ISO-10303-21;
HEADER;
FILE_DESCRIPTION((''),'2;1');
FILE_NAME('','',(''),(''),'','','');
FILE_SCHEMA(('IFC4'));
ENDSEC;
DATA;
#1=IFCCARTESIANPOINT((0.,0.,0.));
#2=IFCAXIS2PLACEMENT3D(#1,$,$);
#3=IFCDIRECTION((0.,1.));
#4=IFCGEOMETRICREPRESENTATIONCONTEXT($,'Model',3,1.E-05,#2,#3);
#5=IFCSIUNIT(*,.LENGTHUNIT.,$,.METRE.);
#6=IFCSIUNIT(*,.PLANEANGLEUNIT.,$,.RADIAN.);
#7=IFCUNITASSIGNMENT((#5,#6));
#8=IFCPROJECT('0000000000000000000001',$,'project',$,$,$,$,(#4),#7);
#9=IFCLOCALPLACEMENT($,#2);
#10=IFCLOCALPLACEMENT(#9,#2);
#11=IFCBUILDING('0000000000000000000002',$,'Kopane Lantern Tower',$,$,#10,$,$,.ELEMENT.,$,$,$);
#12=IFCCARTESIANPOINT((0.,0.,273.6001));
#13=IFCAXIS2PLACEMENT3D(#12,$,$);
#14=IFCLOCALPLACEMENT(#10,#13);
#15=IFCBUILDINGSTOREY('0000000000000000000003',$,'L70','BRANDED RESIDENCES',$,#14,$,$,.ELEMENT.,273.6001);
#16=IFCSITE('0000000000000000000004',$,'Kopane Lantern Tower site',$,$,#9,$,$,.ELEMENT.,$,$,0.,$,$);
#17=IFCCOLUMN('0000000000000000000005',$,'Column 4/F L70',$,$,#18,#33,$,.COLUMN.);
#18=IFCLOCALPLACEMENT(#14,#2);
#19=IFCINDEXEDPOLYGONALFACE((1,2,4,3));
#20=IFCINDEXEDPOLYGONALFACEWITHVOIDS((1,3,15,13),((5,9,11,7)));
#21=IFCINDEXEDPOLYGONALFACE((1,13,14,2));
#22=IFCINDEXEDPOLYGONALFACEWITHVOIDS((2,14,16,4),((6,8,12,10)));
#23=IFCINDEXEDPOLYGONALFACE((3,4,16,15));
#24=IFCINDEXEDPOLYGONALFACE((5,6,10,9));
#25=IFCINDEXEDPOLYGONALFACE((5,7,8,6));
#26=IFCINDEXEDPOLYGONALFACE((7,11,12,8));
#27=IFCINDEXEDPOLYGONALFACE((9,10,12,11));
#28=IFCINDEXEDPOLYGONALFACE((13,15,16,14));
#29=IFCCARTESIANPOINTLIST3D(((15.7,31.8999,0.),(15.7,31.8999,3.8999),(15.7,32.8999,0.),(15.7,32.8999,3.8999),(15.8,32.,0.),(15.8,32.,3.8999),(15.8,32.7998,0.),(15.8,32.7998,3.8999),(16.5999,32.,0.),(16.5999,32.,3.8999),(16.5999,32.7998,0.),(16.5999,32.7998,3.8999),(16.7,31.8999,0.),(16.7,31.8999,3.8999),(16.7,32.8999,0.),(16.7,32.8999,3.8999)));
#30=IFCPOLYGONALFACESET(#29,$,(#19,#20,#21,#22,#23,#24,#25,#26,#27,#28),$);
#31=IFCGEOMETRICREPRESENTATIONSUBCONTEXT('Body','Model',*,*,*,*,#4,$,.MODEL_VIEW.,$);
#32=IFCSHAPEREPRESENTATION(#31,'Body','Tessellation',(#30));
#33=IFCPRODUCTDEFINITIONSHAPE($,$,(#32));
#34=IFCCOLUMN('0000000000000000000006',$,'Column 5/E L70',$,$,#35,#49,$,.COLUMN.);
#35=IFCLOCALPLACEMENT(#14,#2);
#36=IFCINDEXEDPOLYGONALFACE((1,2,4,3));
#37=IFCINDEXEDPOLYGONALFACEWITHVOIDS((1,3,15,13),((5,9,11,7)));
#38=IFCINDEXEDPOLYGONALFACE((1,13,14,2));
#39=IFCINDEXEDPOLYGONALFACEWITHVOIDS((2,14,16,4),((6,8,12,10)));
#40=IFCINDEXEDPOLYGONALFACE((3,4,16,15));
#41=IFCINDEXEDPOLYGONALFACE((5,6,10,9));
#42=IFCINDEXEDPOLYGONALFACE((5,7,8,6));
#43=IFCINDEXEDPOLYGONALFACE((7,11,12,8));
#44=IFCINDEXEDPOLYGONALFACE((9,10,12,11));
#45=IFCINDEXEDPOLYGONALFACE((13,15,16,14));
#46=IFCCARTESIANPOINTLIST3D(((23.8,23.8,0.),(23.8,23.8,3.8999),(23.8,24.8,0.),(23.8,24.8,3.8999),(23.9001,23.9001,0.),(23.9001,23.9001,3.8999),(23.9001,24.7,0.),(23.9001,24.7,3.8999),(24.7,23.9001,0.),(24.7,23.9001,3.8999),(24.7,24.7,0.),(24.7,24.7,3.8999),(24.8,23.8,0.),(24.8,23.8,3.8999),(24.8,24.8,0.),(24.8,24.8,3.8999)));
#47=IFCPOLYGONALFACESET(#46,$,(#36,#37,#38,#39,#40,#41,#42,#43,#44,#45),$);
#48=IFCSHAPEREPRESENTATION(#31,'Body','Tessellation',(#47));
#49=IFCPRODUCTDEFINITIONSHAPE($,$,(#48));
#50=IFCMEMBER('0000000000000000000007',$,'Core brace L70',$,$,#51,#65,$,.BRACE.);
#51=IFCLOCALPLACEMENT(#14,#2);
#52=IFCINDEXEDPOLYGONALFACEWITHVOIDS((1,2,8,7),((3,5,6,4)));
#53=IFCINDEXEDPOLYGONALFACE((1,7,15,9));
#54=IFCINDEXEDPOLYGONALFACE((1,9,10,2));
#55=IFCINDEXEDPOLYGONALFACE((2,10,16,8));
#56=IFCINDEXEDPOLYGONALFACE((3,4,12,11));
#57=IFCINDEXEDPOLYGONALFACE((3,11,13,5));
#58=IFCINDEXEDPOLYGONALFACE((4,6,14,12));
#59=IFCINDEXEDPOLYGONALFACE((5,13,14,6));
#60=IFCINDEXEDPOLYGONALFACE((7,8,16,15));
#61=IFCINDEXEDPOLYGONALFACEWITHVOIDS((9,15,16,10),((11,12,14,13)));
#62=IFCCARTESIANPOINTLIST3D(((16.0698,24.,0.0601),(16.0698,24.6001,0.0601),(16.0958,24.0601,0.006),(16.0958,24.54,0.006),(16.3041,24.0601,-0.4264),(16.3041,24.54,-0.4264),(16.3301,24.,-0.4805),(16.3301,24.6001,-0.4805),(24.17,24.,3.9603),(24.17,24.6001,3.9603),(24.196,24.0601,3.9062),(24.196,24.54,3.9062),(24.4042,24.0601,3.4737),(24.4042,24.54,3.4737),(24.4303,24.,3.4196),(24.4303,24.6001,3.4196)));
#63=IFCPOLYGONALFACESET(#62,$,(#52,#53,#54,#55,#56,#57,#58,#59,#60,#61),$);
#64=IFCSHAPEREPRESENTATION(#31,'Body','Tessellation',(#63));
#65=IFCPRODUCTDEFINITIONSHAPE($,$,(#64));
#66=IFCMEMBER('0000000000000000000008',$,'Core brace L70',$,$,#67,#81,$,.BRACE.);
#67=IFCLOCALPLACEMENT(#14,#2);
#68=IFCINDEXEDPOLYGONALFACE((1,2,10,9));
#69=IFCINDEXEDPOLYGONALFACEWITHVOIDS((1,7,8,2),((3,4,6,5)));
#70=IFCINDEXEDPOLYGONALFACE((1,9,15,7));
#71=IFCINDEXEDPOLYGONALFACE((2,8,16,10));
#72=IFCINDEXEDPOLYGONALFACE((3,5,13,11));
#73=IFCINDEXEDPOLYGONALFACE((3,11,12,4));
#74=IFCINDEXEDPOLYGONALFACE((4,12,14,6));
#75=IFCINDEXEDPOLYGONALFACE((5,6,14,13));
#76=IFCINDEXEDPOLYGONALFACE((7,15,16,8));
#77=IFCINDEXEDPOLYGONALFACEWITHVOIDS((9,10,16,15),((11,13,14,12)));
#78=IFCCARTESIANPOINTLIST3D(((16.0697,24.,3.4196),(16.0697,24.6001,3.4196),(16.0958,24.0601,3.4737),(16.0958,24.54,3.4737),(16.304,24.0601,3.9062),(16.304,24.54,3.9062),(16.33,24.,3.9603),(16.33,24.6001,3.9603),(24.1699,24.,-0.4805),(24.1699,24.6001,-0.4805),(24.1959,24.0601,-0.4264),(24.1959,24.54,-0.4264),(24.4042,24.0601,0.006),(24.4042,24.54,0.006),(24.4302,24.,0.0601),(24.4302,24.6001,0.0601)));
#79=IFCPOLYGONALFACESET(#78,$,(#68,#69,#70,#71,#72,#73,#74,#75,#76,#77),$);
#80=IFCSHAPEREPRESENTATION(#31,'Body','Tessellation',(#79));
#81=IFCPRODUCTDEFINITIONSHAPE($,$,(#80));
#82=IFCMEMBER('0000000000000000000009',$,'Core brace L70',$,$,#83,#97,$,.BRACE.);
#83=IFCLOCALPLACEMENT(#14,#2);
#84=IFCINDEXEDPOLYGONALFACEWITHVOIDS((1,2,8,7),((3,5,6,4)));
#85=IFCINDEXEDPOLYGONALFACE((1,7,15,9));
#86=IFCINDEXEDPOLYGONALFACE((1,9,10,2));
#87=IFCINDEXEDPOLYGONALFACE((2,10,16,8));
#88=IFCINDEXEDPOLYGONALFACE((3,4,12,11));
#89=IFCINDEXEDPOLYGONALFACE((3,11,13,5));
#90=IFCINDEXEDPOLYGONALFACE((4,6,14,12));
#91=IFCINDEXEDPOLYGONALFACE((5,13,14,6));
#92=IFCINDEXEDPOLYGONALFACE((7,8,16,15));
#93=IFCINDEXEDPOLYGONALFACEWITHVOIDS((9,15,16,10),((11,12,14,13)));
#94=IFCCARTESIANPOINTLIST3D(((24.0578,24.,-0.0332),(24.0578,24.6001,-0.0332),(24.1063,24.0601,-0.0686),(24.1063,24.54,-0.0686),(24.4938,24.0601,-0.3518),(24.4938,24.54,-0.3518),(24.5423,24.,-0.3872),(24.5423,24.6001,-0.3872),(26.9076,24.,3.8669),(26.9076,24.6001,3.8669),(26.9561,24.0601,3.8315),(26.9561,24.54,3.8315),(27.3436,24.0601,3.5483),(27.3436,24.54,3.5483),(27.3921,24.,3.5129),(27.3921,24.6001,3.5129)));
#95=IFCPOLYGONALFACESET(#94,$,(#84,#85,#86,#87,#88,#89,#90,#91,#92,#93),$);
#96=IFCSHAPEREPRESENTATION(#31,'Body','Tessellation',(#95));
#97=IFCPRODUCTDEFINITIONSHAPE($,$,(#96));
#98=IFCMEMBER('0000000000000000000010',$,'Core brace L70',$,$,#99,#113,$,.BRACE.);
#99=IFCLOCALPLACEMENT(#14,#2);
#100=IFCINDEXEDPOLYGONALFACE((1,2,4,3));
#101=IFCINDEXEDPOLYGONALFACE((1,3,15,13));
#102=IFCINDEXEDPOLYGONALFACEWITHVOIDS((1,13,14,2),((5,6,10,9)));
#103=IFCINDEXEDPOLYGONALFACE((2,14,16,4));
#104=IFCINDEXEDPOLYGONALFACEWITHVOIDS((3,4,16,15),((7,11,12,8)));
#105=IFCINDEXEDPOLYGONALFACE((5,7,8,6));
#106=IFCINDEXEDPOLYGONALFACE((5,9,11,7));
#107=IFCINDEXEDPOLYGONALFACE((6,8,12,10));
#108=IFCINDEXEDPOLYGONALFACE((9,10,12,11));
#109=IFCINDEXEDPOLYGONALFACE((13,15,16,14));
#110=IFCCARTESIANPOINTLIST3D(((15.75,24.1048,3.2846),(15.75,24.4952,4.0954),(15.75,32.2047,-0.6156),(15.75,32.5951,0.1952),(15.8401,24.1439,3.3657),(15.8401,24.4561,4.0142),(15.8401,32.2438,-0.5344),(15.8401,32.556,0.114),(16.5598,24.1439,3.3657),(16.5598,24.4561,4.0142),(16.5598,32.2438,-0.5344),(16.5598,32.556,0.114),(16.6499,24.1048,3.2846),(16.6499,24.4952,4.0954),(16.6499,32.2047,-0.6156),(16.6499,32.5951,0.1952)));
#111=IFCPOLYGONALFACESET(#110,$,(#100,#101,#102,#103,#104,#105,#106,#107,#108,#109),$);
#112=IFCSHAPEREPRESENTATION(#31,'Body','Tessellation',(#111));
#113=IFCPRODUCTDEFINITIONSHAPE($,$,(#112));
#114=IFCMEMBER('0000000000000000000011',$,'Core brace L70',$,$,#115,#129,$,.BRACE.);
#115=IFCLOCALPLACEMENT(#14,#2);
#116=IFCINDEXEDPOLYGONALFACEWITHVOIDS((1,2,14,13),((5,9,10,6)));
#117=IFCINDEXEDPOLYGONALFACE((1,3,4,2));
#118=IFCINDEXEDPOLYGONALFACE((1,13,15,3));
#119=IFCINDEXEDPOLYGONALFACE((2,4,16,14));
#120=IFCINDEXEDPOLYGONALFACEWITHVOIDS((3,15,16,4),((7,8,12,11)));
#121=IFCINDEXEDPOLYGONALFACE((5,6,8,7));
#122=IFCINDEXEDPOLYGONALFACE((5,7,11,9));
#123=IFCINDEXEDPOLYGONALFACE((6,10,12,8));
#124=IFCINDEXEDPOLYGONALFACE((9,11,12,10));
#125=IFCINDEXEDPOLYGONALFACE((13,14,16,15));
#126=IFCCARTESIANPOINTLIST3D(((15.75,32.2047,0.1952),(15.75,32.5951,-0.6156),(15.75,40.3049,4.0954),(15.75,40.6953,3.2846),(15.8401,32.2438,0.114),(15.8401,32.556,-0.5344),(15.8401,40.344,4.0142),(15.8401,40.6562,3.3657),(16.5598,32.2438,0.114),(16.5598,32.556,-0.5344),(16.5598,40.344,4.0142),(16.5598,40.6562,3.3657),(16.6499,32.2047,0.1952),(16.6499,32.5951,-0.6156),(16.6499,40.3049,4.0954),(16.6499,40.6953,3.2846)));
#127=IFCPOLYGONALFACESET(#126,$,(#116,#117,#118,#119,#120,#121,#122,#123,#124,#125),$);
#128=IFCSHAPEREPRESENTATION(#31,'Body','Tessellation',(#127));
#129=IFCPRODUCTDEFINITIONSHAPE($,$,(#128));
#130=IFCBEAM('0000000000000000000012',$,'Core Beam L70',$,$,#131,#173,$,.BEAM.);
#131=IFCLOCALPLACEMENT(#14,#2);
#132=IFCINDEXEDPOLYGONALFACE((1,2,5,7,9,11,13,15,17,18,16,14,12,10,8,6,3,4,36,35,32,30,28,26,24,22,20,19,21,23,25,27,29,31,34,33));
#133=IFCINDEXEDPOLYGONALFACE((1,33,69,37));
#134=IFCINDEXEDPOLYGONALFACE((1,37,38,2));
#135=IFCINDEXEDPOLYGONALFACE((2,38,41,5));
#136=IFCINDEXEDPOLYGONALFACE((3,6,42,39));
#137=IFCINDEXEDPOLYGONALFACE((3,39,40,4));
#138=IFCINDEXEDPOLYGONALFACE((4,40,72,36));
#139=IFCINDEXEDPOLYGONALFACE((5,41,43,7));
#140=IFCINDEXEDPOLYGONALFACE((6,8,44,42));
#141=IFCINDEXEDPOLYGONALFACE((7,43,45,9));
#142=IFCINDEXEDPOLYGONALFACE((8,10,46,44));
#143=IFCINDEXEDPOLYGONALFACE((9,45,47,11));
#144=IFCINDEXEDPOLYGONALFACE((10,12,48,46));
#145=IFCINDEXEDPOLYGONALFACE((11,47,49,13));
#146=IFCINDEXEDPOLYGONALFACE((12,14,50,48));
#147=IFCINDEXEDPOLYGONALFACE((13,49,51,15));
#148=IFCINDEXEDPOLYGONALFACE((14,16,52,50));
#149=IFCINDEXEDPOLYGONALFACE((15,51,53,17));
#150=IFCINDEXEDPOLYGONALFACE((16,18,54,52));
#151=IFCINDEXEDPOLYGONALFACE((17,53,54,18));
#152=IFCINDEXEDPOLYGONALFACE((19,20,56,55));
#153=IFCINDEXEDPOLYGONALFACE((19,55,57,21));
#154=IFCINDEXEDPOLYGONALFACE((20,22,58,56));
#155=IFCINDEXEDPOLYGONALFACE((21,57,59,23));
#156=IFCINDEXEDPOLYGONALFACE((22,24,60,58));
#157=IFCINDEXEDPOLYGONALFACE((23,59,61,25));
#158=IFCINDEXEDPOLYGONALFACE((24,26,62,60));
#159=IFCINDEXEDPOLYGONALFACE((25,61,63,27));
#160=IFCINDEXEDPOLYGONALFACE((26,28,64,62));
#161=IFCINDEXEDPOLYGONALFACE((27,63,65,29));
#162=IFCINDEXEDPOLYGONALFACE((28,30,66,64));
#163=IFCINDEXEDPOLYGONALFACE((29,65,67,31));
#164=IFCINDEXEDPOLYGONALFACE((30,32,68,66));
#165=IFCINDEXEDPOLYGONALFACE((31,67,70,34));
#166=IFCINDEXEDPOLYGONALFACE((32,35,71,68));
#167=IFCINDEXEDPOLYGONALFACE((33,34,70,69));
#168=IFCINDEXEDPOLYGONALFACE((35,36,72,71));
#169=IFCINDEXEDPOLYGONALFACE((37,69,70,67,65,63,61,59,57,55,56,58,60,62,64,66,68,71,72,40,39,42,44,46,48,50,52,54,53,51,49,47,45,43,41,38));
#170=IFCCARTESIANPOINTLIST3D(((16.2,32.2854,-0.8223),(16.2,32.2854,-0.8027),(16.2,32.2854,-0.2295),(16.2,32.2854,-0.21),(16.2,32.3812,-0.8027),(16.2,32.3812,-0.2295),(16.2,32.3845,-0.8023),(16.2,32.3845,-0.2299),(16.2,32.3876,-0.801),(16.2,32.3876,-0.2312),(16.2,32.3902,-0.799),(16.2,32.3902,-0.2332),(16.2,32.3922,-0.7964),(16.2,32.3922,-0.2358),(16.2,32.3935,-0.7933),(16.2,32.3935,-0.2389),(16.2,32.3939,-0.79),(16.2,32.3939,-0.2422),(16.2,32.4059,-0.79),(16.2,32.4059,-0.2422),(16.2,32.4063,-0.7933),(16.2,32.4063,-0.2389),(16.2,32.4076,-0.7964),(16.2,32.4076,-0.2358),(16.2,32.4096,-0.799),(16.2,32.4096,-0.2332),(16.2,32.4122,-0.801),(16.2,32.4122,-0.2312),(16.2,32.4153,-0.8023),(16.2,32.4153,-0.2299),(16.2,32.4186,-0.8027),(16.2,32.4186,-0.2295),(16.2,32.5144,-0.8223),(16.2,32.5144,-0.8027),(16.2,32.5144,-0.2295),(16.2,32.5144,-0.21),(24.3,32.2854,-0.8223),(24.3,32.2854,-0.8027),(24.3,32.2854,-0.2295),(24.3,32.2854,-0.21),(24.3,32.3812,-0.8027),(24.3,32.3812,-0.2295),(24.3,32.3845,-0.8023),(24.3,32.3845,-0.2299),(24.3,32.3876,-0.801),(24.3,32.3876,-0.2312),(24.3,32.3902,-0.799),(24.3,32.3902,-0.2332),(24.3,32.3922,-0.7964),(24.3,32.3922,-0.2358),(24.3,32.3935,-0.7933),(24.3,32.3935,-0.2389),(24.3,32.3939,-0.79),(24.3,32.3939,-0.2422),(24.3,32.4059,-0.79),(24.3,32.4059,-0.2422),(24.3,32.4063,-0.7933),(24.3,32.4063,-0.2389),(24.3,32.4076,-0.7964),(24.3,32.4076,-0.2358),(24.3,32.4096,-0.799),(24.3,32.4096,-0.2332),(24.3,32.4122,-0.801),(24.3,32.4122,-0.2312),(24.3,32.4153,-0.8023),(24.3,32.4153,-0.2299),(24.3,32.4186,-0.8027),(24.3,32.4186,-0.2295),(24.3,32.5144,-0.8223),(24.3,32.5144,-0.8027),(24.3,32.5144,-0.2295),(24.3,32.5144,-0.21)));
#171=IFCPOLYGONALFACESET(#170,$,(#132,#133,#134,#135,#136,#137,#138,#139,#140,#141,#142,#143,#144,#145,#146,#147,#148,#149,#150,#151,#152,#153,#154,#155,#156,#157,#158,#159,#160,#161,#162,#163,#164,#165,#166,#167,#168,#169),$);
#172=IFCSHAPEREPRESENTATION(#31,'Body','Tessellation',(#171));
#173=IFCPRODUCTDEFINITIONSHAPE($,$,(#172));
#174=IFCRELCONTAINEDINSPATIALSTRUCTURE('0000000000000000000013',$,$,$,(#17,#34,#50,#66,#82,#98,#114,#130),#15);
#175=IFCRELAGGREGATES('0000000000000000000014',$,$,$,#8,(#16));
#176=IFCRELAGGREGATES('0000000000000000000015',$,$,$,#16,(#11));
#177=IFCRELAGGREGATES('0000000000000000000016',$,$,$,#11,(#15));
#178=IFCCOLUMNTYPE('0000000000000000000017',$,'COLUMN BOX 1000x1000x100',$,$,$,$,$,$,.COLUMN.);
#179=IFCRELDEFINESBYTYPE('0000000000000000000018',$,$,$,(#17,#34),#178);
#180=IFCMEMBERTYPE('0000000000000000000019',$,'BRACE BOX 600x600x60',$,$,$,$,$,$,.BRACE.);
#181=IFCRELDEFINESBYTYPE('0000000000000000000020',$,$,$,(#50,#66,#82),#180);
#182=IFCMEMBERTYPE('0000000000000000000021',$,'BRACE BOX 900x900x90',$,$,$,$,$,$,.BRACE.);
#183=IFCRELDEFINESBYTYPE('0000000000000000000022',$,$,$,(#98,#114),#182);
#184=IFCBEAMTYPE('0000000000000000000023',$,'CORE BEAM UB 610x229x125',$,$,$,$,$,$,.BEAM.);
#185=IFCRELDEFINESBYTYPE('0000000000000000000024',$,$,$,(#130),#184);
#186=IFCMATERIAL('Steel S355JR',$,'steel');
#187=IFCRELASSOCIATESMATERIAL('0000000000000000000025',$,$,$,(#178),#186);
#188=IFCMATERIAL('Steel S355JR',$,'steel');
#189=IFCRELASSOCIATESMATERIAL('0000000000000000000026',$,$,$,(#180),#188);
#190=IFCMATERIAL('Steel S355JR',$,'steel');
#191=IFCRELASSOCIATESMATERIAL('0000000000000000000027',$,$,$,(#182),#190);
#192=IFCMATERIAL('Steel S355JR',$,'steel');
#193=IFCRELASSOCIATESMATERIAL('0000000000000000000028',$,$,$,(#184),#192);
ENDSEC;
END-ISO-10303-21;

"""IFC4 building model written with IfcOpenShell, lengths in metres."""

from ifc_helpers import new_model, si_unit, direction, frame, origin, origin_2d, place, context, subcontext, project, spatial, hollow_rectangle, i_section, extrude, material, material_profile, profile_set, type_object, element, save


model = new_model("IFC4")

# Units and contexts
model_context = context("Model", 3, precision=1e-05, world=origin(), true_north=direction((0.0, 1.0)))
body_context = subcontext(model_context, "Body", "Model", "MODEL_VIEW")
ifc_project = project(units=[si_unit("LENGTHUNIT", "METRE"), si_unit("PLANEANGLEUNIT", "RADIAN")], contexts=[model_context])

# Site, building, storey
site_placement = place(None, origin())
site = spatial("IfcSite", under=ifc_project, at=site_placement, Name="Kopane Lantern Tower site", CompositionType="ELEMENT", RefElevation=0.0)
building_placement = place(site_placement, origin())
building = spatial("IfcBuilding", under=site, at=building_placement, Name="Kopane Lantern Tower", CompositionType="ELEMENT")
storey_placement = place(building_placement, frame((0.0, 0.0, 273.6001)))
storey = spatial("IfcBuildingStorey", under=building, at=storey_placement, Name="L70", Description="BRANDED RESIDENCES", CompositionType="ELEMENT", Elevation=273.6001)

# Columns
ifc_material_1 = material(Name="Steel S355JR", Category="steel")
ifc_material_profile_1 = material_profile(ifc_material_1, hollow_rectangle(XDim=1.0, YDim=1.0, WallThickness=0.1001, at=origin_2d()), Name="BOX 1000x1000x100")
ifc_profile_set_1 = profile_set([ifc_material_profile_1], Name="Steel S355JR")
column_type = type_object("IfcColumnType", Name="COLUMN BOX 1000x1000x100", PredefinedType="COLUMN", material=ifc_profile_set_1)
for number, where, z_axis, x_axis, name in (
    (1, (16.2, 32.3999, 0.0), (0.0, 0.0, 1.0), (1.0, 0.0, 0.0), "Column 4/F L70"),
    (2, (24.3, 24.3, 0.0), (0.0, 0.0, 1.0), (1.0, 0.0, 0.0), "Column 5/E L70"),
):
    element("IfcColumn", number, at=place(storey_placement, frame(where, z_axis=z_axis, x_axis=x_axis)), inside=storey, type_object=column_type, Name=name, PredefinedType="COLUMN", context=body_context, shape_type="SweptSolid", body=[
        extrude(hollow_rectangle(XDim=1.0, YDim=1.0, WallThickness=0.1001, at=origin_2d()), origin(), (0.0, 0.0, 1.0), 3.8999),
    ])

# Members
ifc_material_2 = material(Name="Steel S355JR", Category="steel")
ifc_material_profile_2 = material_profile(ifc_material_2, hollow_rectangle(XDim=0.6001, YDim=0.6001, WallThickness=0.0601, at=origin_2d()), Name="BOX 600x600x60")
ifc_profile_set_2 = profile_set([ifc_material_profile_2], Name="Steel S355JR")
member_type_1 = type_object("IfcMemberType", Name="BRACE BOX 600x600x60", PredefinedType="BRACE", material=ifc_profile_set_2)
for number, where, z_axis, x_axis, name in (
    (3, (16.2, 24.3, -0.2102), (0.900997, 0.0, 0.433825), (0.0, 1.0, 0.0), "Core brace L70"),
    (4, (24.3, 24.3, -0.2102), (-0.900997, 0.0, 0.433825), (0.0, -1.0, 0.0), "Core brace L70"),
):
    element("IfcMember", number, at=place(storey_placement, frame(where, z_axis=z_axis, x_axis=x_axis)), inside=storey, type_object=member_type_1, Name=name, PredefinedType="BRACE", context=body_context, shape_type="SweptSolid", body=[
        extrude(hollow_rectangle(XDim=0.6001, YDim=0.6001, WallThickness=0.0601, at=origin_2d()), origin(), (0.0, 0.0, 1.0), 8.9902),
    ])
member_1_placement = place(storey_placement, frame((24.3, 24.3, -0.2102), z_axis=(0.589982, 0.0, 0.807416), x_axis=(0.0, 1.0, 0.0)))
element("IfcMember", 5, at=member_1_placement, inside=storey, type_object=member_type_1, Name="Core brace L70", PredefinedType="BRACE", context=body_context, shape_type="SweptSolid", body=[
    extrude(hollow_rectangle(XDim=0.6001, YDim=0.6001, WallThickness=0.0601, at=origin_2d()), origin(), (0.0, 0.0, 1.0), 4.8303),
])
ifc_material_3 = material(Name="Steel S355JR", Category="steel")
ifc_material_profile_3 = material_profile(ifc_material_3, hollow_rectangle(XDim=0.8999, YDim=0.8999, WallThickness=0.0901, at=origin_2d()), Name="BOX 900x900x90")
ifc_profile_set_3 = profile_set([ifc_material_profile_3], Name="Steel S355JR")
member_type_2 = type_object("IfcMemberType", Name="BRACE BOX 900x900x90", PredefinedType="BRACE", material=ifc_profile_set_3)
member_2_placement = place(storey_placement, frame((16.2, 32.3999, -0.2102), z_axis=(0.0, -0.900992, 0.433835), x_axis=(1.0, 0.0, 0.0)))
element("IfcMember", 6, at=member_2_placement, inside=storey, type_object=member_type_2, Name="Core brace L70", PredefinedType="BRACE", context=body_context, shape_type="SweptSolid", body=[
    extrude(hollow_rectangle(XDim=0.8999, YDim=0.8999, WallThickness=0.0901, at=origin_2d()), origin(), (0.0, 0.0, 1.0), 8.99),
])
member_3_placement = place(storey_placement, frame((16.2, 32.3999, -0.2102), z_axis=(0.0, 0.900997, 0.433825), x_axis=(-1.0, 0.0, 0.0)))
element("IfcMember", 7, at=member_3_placement, inside=storey, type_object=member_type_2, Name="Core brace L70", PredefinedType="BRACE", context=body_context, shape_type="SweptSolid", body=[
    extrude(hollow_rectangle(XDim=0.8999, YDim=0.8999, WallThickness=0.0901, at=origin_2d()), origin(), (0.0, 0.0, 1.0), 8.9902),
])

# Beam
ifc_material_4 = material(Name="Steel S355JR", Category="steel")
ifc_material_profile_4 = material_profile(ifc_material_4, i_section(OverallWidth=0.229, OverallDepth=0.6123, WebThickness=0.012, FlangeThickness=0.0195, FilletRadius=0.0127, at=origin_2d()), Name="UB 610x229x125")
ifc_profile_set_4 = profile_set([ifc_material_profile_4], Name="Steel S355JR")
beam_type_1 = type_object("IfcBeamType", Name="CORE BEAM UB 610x229x125", PredefinedType="BEAM", material=ifc_profile_set_4)
beam_1_placement = place(storey_placement, frame((16.2, 32.3999, -0.5161), z_axis=(1.0, 0.0, 0.0), x_axis=(0.0, 1.0, 0.0)))
element("IfcBeam", 8, at=beam_1_placement, inside=storey, type_object=beam_type_1, Name="Core Beam L70", PredefinedType="BEAM", context=body_context, shape_type="SweptSolid", body=[
    extrude(i_section(OverallWidth=0.229, OverallDepth=0.6123, WebThickness=0.012, FlangeThickness=0.0195, FilletRadius=0.0127, at=origin_2d()), origin(), (0.0, 0.0, 1.0), 8.1001),
])

save(model, "model.ifc")
